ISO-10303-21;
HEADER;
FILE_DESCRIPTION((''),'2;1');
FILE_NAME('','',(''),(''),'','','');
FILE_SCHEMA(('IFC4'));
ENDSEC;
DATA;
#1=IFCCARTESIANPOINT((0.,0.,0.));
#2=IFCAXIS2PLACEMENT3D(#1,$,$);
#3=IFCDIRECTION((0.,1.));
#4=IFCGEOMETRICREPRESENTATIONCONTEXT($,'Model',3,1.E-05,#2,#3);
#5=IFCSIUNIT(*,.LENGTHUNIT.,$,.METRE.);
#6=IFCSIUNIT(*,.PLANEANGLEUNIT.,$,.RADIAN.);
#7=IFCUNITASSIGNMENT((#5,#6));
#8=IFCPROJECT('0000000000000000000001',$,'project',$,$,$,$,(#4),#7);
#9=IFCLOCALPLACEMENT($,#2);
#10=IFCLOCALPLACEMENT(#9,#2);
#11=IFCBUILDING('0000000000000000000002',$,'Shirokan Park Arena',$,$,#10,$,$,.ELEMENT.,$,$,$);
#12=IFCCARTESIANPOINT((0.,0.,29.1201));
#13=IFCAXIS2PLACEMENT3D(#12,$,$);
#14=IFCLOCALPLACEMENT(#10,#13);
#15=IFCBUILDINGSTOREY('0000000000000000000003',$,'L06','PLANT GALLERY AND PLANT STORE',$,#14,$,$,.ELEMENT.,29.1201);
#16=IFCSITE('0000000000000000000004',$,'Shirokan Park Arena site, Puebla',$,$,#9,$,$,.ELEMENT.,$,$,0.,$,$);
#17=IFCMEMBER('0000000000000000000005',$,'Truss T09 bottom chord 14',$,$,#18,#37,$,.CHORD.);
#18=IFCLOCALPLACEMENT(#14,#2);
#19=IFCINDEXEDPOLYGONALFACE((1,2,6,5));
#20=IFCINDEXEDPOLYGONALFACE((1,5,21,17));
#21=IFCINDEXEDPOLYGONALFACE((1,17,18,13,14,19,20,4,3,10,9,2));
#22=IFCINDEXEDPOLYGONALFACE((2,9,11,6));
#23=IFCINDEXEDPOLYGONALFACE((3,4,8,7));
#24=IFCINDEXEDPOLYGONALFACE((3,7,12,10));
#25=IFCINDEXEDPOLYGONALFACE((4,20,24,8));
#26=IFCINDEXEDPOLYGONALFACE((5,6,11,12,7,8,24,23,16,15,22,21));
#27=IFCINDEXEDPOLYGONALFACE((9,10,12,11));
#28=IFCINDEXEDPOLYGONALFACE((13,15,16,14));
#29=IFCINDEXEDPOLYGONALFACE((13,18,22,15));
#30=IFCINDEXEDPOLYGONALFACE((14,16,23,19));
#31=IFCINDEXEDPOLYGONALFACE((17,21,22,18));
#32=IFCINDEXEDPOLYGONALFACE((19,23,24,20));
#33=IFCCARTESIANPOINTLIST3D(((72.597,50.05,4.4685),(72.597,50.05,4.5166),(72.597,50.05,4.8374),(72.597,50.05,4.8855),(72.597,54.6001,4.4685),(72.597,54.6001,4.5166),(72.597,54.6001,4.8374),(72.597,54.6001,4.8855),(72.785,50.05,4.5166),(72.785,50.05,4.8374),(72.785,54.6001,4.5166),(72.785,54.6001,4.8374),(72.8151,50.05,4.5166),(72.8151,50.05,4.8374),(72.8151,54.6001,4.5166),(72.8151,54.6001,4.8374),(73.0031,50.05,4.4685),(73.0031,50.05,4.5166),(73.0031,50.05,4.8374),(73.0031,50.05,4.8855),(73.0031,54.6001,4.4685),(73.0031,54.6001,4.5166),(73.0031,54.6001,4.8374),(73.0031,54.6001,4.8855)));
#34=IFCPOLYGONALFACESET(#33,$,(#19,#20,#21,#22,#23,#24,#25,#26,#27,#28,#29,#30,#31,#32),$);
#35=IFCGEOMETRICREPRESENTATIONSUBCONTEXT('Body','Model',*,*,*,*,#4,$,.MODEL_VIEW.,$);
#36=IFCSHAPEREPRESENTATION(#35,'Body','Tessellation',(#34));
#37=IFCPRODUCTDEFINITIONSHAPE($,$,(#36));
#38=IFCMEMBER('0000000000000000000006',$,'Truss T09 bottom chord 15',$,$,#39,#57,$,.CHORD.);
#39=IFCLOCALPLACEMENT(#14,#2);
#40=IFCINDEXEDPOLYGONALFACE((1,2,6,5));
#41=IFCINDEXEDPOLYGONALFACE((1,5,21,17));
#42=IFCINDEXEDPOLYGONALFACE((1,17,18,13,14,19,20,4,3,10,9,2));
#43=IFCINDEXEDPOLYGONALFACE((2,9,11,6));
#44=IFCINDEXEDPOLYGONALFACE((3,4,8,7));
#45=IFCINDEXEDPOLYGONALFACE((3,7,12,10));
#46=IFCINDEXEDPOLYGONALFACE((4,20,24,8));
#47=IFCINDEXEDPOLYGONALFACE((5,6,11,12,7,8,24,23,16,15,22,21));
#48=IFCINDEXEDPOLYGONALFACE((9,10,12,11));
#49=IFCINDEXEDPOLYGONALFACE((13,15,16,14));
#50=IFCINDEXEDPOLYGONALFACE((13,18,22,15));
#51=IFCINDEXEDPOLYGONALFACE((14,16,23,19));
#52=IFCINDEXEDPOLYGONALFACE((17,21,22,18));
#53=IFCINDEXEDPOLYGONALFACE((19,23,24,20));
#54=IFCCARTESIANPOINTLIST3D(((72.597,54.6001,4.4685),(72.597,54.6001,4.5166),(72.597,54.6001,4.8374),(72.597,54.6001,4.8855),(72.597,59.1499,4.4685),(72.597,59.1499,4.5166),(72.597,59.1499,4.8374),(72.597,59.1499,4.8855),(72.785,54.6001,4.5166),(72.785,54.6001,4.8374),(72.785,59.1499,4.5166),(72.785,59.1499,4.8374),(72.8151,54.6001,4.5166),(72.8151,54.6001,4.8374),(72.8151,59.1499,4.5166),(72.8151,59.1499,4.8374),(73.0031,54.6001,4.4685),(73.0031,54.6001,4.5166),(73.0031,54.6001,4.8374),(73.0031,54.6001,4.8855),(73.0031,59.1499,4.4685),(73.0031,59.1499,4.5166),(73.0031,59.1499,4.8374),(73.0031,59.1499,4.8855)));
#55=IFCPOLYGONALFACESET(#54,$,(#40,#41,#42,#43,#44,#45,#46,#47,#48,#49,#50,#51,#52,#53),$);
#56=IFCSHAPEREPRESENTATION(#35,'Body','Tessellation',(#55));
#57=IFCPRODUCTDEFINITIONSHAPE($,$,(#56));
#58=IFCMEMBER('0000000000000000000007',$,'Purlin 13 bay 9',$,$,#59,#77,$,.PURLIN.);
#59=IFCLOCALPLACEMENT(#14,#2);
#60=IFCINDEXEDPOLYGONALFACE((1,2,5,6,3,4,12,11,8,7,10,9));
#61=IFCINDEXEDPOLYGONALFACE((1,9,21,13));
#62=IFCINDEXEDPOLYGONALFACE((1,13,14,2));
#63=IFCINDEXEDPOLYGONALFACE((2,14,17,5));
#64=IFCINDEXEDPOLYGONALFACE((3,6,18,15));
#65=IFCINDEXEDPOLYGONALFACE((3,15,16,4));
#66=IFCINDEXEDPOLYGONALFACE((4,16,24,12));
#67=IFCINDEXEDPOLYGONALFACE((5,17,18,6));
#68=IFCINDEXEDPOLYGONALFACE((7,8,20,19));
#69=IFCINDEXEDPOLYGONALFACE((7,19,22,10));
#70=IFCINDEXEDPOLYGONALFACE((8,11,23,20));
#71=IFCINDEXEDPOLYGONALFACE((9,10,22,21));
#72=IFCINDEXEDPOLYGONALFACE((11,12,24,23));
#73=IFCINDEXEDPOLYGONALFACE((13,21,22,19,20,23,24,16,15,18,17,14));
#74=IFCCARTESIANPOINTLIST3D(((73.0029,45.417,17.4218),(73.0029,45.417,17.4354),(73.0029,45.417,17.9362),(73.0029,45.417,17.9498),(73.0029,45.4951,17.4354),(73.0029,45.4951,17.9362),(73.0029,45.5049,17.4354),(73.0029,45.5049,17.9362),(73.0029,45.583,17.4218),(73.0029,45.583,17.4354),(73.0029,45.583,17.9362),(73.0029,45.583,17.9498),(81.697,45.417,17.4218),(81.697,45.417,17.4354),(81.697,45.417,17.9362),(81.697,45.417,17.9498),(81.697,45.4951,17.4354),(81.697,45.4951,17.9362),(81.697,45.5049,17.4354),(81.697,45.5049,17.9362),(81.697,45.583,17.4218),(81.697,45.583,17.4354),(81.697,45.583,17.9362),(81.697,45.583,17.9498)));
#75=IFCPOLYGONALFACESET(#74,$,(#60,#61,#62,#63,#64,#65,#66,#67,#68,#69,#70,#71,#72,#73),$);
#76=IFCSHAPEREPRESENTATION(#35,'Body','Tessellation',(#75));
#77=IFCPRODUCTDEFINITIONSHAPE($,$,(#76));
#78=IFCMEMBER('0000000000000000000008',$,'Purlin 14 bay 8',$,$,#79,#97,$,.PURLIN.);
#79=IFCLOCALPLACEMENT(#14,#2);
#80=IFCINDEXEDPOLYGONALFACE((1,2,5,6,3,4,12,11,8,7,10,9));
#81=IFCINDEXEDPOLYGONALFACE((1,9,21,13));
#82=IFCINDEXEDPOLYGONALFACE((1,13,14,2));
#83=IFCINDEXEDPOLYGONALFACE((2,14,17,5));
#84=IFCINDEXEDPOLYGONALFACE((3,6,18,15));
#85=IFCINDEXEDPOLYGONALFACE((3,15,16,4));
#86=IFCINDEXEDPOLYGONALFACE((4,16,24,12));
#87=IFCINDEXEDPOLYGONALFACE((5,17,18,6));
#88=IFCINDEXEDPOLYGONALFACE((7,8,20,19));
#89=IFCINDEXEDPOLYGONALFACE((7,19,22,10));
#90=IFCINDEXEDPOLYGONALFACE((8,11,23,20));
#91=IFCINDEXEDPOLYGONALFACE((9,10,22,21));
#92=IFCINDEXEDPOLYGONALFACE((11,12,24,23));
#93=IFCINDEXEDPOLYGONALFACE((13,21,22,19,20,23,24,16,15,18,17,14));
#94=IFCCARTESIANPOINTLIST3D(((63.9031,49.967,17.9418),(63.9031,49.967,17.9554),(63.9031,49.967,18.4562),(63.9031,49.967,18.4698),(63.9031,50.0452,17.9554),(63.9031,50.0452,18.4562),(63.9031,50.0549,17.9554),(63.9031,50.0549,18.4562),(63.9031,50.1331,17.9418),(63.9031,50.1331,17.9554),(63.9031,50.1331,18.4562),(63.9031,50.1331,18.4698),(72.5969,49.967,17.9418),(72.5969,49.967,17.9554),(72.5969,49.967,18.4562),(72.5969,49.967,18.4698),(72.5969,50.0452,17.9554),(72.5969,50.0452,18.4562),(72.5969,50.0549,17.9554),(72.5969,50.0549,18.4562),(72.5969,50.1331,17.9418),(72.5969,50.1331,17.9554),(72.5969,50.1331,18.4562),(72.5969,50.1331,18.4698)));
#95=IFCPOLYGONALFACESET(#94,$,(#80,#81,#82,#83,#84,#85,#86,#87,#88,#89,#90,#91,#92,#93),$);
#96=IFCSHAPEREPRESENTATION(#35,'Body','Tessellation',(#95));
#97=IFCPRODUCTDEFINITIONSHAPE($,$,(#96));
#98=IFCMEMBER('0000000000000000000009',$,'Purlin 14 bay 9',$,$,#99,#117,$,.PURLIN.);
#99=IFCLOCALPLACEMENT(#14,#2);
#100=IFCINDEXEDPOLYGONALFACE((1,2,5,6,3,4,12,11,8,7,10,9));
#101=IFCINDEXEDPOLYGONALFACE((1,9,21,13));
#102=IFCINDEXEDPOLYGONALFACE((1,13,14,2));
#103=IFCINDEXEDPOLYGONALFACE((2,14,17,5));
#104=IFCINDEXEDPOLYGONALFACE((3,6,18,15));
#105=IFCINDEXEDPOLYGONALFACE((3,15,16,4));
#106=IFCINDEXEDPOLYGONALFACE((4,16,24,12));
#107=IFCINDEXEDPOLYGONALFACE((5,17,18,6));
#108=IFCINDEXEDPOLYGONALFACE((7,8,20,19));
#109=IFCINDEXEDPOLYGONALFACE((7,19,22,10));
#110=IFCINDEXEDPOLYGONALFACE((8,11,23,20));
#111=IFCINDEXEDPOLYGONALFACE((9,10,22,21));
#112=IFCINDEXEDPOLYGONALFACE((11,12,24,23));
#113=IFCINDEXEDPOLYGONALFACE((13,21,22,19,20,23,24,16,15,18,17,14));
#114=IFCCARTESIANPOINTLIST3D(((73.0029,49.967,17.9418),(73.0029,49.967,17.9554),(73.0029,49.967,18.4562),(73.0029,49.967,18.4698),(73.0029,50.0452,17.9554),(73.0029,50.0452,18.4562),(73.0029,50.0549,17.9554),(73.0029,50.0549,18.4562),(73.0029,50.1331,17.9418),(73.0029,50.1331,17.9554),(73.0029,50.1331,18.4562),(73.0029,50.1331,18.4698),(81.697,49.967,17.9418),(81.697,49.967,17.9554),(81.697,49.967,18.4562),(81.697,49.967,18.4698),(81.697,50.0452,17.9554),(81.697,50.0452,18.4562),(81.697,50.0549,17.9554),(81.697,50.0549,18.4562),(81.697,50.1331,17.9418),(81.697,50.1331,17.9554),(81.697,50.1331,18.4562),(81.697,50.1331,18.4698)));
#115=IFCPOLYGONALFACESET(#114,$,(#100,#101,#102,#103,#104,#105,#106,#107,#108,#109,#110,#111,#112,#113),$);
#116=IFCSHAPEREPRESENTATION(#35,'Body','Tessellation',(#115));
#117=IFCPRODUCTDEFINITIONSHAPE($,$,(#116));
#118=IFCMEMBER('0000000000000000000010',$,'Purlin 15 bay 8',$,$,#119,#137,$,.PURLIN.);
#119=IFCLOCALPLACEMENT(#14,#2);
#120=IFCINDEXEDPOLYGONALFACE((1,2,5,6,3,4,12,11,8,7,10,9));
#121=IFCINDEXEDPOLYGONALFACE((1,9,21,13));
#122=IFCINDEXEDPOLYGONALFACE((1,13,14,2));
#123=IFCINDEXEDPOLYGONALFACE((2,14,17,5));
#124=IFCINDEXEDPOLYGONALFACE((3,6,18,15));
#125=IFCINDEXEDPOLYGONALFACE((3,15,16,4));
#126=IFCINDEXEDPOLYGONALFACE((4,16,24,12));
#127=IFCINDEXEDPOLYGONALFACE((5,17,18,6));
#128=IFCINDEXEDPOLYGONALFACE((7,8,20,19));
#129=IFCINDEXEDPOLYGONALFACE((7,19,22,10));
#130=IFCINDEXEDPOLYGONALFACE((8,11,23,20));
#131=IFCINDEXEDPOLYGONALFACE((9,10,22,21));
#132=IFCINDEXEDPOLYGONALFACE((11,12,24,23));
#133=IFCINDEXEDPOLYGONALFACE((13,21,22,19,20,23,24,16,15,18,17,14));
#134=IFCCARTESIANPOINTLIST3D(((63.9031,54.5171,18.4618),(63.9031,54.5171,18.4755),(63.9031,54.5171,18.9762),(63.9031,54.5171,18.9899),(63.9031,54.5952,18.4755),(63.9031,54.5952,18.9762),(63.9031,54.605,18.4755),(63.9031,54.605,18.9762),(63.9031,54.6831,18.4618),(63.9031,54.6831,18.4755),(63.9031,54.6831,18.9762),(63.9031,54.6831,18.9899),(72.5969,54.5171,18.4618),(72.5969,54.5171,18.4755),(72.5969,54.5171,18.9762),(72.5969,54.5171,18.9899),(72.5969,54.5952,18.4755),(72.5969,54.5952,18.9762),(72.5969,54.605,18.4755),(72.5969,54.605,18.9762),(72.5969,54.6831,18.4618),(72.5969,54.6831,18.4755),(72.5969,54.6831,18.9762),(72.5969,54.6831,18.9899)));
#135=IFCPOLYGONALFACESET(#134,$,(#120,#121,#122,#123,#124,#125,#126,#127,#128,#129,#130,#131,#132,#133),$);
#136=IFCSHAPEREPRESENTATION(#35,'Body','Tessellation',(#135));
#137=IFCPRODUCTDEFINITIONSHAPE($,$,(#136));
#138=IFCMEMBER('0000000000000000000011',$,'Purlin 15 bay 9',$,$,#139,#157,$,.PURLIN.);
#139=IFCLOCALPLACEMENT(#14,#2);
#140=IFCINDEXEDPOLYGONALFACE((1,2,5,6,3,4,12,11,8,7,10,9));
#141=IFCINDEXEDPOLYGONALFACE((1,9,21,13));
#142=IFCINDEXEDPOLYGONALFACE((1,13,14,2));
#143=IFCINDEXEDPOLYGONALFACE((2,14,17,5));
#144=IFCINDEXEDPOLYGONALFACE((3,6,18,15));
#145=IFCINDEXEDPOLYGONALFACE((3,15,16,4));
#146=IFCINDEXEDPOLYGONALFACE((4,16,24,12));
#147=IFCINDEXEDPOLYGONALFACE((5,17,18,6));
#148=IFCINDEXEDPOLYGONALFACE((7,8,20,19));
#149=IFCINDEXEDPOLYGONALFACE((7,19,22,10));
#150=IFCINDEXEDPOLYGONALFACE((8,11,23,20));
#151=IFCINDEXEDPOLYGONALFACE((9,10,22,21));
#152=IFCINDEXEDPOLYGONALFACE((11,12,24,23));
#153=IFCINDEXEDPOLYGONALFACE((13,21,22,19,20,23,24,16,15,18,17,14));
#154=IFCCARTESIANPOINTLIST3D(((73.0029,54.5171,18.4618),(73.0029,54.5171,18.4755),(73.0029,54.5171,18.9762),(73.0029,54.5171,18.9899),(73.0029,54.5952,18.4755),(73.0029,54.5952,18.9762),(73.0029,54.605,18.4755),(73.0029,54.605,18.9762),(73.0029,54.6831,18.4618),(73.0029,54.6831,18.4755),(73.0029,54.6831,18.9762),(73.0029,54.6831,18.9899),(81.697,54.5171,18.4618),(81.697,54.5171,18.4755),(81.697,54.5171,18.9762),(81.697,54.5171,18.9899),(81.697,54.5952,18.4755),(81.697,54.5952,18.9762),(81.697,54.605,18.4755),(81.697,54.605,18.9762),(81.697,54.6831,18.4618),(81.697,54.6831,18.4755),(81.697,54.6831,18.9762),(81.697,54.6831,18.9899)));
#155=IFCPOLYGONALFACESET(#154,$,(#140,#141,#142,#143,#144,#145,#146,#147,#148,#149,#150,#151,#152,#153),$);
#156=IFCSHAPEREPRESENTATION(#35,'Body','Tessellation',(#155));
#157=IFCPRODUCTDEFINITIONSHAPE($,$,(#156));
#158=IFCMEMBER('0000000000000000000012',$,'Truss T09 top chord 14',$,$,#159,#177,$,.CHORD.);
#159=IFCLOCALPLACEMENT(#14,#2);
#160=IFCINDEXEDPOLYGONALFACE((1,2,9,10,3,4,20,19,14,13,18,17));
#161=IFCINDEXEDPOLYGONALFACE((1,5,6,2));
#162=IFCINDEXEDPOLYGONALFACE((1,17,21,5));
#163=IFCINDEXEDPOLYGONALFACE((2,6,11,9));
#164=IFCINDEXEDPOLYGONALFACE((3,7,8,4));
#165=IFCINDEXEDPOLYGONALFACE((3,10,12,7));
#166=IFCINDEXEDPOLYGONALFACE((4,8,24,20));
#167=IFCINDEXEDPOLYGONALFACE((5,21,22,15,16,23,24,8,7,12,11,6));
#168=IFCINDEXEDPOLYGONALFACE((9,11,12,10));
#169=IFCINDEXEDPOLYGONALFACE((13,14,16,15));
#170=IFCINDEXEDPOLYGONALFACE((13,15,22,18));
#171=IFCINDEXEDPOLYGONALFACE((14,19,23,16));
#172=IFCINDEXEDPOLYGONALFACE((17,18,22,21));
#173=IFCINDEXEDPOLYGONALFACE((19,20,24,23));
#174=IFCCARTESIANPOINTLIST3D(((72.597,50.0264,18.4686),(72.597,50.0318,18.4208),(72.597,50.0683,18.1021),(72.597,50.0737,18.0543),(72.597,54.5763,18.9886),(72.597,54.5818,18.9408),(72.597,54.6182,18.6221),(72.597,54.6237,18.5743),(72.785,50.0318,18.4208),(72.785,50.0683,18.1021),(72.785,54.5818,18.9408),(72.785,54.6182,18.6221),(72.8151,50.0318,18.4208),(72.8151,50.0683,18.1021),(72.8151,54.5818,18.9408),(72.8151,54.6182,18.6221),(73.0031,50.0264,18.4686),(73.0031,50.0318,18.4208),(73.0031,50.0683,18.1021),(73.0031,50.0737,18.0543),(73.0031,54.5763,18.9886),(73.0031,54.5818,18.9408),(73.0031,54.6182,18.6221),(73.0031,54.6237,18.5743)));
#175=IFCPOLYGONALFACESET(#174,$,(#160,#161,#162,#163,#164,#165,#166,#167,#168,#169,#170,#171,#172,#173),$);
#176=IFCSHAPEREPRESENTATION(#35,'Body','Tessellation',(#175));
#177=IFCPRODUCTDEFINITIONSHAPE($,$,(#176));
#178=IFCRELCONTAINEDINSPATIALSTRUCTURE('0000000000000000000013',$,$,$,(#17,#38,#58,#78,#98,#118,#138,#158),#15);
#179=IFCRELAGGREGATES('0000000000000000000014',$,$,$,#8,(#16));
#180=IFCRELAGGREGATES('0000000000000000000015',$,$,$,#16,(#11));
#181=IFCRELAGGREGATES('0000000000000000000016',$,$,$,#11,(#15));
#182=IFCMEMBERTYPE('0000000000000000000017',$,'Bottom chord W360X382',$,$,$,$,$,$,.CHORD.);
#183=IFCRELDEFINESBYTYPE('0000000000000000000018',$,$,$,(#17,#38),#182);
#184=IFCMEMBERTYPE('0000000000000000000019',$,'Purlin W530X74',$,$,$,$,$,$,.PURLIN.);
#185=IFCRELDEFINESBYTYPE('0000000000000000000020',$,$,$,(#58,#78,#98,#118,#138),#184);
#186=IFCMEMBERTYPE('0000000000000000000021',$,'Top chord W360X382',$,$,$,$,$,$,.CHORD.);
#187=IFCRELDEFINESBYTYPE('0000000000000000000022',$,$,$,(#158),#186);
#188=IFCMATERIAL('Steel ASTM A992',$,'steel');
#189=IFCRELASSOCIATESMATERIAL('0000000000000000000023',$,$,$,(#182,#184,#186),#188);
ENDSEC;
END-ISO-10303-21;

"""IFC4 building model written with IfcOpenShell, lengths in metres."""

from ifc_helpers import new_model, si_unit, direction, frame, origin, origin_2d, place, context, subcontext, project, spatial, i_section, extrude, material, material_profile, profile_set, type_object, element, save


model = new_model("IFC4")

# Units and contexts
model_context = context("Model", 3, precision=1e-05, world=origin(), true_north=direction((0.0, 1.0)))
body_context = subcontext(model_context, "Body", "Model", "MODEL_VIEW")
ifc_project = project(units=[si_unit("LENGTHUNIT", "METRE"), si_unit("PLANEANGLEUNIT", "RADIAN")], contexts=[model_context])

# Site, building, storey
site_placement = place(None, origin())
site = spatial("IfcSite", under=ifc_project, at=site_placement, Name="Shirokan Park Arena site, Puebla", CompositionType="ELEMENT", RefElevation=0.0)
building_placement = place(site_placement, origin())
building = spatial("IfcBuilding", under=site, at=building_placement, Name="Shirokan Park Arena", CompositionType="ELEMENT")
storey_placement = place(building_placement, frame((0.0, 0.0, 29.1201)))
storey = spatial("IfcBuildingStorey", under=building, at=storey_placement, Name="L06", Description="PLANT GALLERY AND PLANT STORE", CompositionType="ELEMENT", Elevation=29.1201)

# Members
ifc_material_1 = material(Name="Steel ASTM A992", Category="steel")
ifc_material_profile_1 = material_profile(ifc_material_1, i_section(OverallWidth=0.406, OverallDepth=0.417, WebThickness=0.03, FlangeThickness=0.0481, at=origin_2d()), Name="W360X382")
ifc_profile_set_1 = profile_set([ifc_material_profile_1], Name="Steel ASTM A992")
member_type_1 = type_object("IfcMemberType", Name="Bottom chord W360X382", PredefinedType="CHORD", material=ifc_profile_set_1)
member_1_placement = place(storey_placement, frame((72.8, 50.05, 4.677), z_axis=(0.0, 1.0, 0.0), x_axis=(-1.0, 0.0, 0.0)))
element("IfcMember", 1, at=member_1_placement, inside=storey, type_object=member_type_1, Name="Truss T09 bottom chord 14", PredefinedType="CHORD", context=body_context, shape_type="SweptSolid", body=[
    extrude(i_section(OverallWidth=0.406, OverallDepth=0.417, WebThickness=0.03, FlangeThickness=0.0481, at=origin_2d()), origin(), (0.0, 0.0, 1.0), 4.55),
])
member_2_placement = place(storey_placement, frame((72.8, 54.6001, 4.677), z_axis=(0.0, 1.0, 0.0), x_axis=(-1.0, 0.0, 0.0)))
element("IfcMember", 2, at=member_2_placement, inside=storey, type_object=member_type_1, Name="Truss T09 bottom chord 15", PredefinedType="CHORD", context=body_context, shape_type="SweptSolid", body=[
    extrude(i_section(OverallWidth=0.406, OverallDepth=0.417, WebThickness=0.03, FlangeThickness=0.0481, at=origin_2d()), origin(), (0.0, 0.0, 1.0), 4.5498),
])
ifc_material_profile_2 = material_profile(ifc_material_1, i_section(OverallWidth=0.166, OverallDepth=0.5281, WebThickness=0.0098, FlangeThickness=0.0137, at=origin_2d()), Name="W530X74")
ifc_profile_set_2 = profile_set([ifc_material_profile_2], Name="Steel ASTM A992")
member_type_2 = type_object("IfcMemberType", Name="Purlin W530X74", PredefinedType="PURLIN", material=ifc_profile_set_2)
member_3_placement = place(storey_placement, frame((73.0029, 45.5, 17.6858), z_axis=(1.0, 0.0, 0.0), x_axis=(0.0, 1.0, 0.0)))
element("IfcMember", 3, at=member_3_placement, inside=storey, type_object=member_type_2, Name="Purlin 13 bay 9", PredefinedType="PURLIN", context=body_context, shape_type="SweptSolid", body=[
    extrude(i_section(OverallWidth=0.166, OverallDepth=0.5281, WebThickness=0.0098, FlangeThickness=0.0137, at=origin_2d()), origin(), (0.0, 0.0, 1.0), 8.6941),
])
member_4_placement = place(storey_placement, frame((63.9031, 50.05, 18.2058), z_axis=(1.0, 0.0, 0.0), x_axis=(0.0, 1.0, 0.0)))
element("IfcMember", 4, at=member_4_placement, inside=storey, type_object=member_type_2, Name="Purlin 14 bay 8", PredefinedType="PURLIN", context=body_context, shape_type="SweptSolid", body=[
    extrude(i_section(OverallWidth=0.166, OverallDepth=0.5281, WebThickness=0.0098, FlangeThickness=0.0137, at=origin_2d()), origin(), (0.0, 0.0, 1.0), 8.6938),
])
member_5_placement = place(storey_placement, frame((73.0029, 50.05, 18.2058), z_axis=(1.0, 0.0, 0.0), x_axis=(0.0, 1.0, 0.0)))
element("IfcMember", 5, at=member_5_placement, inside=storey, type_object=member_type_2, Name="Purlin 14 bay 9", PredefinedType="PURLIN", context=body_context, shape_type="SweptSolid", body=[
    extrude(i_section(OverallWidth=0.166, OverallDepth=0.5281, WebThickness=0.0098, FlangeThickness=0.0137, at=origin_2d()), origin(), (0.0, 0.0, 1.0), 8.6941),
])
member_6_placement = place(storey_placement, frame((63.9031, 54.6001, 18.7258), z_axis=(1.0, 0.0, 0.0), x_axis=(0.0, 1.0, 0.0)))
element("IfcMember", 6, at=member_6_placement, inside=storey, type_object=member_type_2, Name="Purlin 15 bay 8", PredefinedType="PURLIN", context=body_context, shape_type="SweptSolid", body=[
    extrude(i_section(OverallWidth=0.166, OverallDepth=0.5281, WebThickness=0.0098, FlangeThickness=0.0137, at=origin_2d()), origin(), (0.0, 0.0, 1.0), 8.6938),
])
member_7_placement = place(storey_placement, frame((73.0029, 54.6001, 18.7258), z_axis=(1.0, 0.0, 0.0), x_axis=(0.0, 1.0, 0.0)))
element("IfcMember", 7, at=member_7_placement, inside=storey, type_object=member_type_2, Name="Purlin 15 bay 9", PredefinedType="PURLIN", context=body_context, shape_type="SweptSolid", body=[
    extrude(i_section(OverallWidth=0.166, OverallDepth=0.5281, WebThickness=0.0098, FlangeThickness=0.0137, at=origin_2d()), origin(), (0.0, 0.0, 1.0), 8.6941),
])
ifc_material_profile_3 = material_profile(ifc_material_1, i_section(OverallWidth=0.406, OverallDepth=0.417, WebThickness=0.03, FlangeThickness=0.0481, at=origin_2d()), Name="W360X382")
ifc_profile_set_3 = profile_set([ifc_material_profile_3], Name="Steel ASTM A992")
member_type_3 = type_object("IfcMemberType", Name="Top chord W360X382", PredefinedType="CHORD", material=ifc_profile_set_3)
member_8_placement = place(storey_placement, frame((72.8, 50.05, 18.2615), z_axis=(0.0, 0.993532, 0.11355), x_axis=(-1.0, 0.0, 0.0)))
element("IfcMember", 8, at=member_8_placement, inside=storey, type_object=member_type_3, Name="Truss T09 top chord 14", PredefinedType="CHORD", context=body_context, shape_type="SweptSolid", body=[
    extrude(i_section(OverallWidth=0.406, OverallDepth=0.417, WebThickness=0.03, FlangeThickness=0.0481, at=origin_2d()), origin(), (0.0, 0.0, 1.0), 4.5796),
])

save(model, "model.ifc")
